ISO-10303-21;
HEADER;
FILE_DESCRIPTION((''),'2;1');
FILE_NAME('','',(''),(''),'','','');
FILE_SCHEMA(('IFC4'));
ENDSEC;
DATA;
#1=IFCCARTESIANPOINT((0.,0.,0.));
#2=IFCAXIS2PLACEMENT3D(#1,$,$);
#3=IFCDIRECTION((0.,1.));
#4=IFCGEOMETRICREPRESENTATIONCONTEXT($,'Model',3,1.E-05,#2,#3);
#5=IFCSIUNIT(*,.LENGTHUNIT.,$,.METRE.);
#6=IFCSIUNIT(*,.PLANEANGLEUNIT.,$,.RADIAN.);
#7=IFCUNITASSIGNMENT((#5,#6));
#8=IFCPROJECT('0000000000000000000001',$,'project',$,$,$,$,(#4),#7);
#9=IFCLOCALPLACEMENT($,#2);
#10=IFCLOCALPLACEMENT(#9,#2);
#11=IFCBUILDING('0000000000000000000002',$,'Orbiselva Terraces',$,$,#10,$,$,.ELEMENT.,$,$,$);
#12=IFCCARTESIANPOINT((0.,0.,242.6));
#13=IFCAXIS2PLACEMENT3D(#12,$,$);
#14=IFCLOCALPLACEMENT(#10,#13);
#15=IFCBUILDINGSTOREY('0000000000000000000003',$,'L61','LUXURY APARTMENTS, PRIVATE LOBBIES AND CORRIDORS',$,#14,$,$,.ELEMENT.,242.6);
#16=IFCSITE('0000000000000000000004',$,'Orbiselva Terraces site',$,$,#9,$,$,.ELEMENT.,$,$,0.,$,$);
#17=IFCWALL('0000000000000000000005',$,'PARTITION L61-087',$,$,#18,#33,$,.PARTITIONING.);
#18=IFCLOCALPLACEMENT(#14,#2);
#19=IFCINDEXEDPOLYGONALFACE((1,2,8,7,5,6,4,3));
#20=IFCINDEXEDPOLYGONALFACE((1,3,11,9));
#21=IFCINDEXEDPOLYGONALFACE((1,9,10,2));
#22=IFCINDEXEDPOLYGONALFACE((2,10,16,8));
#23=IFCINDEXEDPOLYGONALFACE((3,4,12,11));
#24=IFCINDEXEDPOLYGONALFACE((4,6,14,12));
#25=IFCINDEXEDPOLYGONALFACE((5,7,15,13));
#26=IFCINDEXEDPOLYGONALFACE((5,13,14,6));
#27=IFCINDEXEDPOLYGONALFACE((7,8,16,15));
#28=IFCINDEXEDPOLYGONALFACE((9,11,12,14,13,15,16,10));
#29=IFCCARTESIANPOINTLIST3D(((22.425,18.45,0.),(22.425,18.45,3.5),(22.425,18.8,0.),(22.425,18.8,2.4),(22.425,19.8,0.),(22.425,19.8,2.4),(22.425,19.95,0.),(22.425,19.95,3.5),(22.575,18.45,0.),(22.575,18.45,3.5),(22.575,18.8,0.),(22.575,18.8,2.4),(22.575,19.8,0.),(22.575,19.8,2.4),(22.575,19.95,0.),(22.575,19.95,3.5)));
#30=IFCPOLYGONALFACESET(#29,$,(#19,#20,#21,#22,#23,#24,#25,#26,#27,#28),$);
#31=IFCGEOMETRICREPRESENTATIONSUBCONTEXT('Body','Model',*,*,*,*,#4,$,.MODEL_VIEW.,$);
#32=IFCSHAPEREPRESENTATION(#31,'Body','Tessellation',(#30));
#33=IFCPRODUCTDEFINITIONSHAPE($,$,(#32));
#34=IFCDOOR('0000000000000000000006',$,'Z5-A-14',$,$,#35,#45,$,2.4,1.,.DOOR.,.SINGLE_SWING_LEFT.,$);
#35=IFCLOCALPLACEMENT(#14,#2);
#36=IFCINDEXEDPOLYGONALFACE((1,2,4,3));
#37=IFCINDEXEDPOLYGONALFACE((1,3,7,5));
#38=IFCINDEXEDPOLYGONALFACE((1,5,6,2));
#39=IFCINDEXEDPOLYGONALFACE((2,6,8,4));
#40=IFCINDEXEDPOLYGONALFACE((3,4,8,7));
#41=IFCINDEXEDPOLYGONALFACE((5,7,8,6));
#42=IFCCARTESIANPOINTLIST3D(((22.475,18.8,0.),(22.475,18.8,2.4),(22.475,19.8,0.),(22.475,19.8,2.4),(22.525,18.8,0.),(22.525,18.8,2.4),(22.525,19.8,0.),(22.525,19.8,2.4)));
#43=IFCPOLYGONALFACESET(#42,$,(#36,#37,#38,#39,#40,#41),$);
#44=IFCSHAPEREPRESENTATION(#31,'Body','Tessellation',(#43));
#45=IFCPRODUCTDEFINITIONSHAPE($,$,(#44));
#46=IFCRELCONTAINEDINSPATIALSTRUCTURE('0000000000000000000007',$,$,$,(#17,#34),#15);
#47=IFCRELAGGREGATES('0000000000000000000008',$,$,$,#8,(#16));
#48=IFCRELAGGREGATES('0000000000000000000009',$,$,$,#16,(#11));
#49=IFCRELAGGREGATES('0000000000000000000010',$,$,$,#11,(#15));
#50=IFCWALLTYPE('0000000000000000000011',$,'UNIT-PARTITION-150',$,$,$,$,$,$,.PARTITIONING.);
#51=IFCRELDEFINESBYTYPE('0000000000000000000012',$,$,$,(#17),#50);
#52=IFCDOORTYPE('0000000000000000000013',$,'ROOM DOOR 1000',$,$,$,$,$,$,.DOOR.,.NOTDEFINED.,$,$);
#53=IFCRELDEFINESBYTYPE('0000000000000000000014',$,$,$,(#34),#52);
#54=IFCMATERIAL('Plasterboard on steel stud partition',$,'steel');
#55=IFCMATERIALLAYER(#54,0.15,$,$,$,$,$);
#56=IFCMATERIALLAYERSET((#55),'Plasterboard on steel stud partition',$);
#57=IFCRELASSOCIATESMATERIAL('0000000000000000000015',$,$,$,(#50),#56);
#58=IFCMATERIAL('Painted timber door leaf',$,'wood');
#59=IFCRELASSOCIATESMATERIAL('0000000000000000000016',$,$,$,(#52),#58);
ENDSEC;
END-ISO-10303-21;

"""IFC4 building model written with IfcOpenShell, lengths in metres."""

from ifc_helpers import new_model, si_unit, direction, frame, frame_2d, origin, place, context, subcontext, project, spatial, rectangle, extrude, material, layer, layer_set, type_object, element, fill, save


model = new_model("IFC4")

# Units and contexts
model_context = context("Model", 3, precision=1e-05, world=origin(), true_north=direction((0.0, 1.0)))
body_context = subcontext(model_context, "Body", "Model", "MODEL_VIEW")
ifc_project = project(units=[si_unit("LENGTHUNIT", "METRE"), si_unit("PLANEANGLEUNIT", "RADIAN")], contexts=[model_context])

# Site, building, storey
site_placement = place(None, origin())
site = spatial("IfcSite", under=ifc_project, at=site_placement, Name="Orbiselva Terraces site", CompositionType="ELEMENT", RefElevation=0.0)
building_placement = place(site_placement, origin())
building = spatial("IfcBuilding", under=site, at=building_placement, Name="Orbiselva Terraces", CompositionType="ELEMENT")
storey_placement = place(building_placement, frame((0.0, 0.0, 242.6)))
storey = spatial("IfcBuildingStorey", under=building, at=storey_placement, Name="L61", Description="LUXURY APARTMENTS, PRIVATE LOBBIES AND CORRIDORS", CompositionType="ELEMENT", Elevation=242.6)

# Shared definitions
ifc_material_1 = material(Name="Plasterboard on steel stud partition", Category="steel")
ifc_material_2 = material(Name="Painted timber door leaf", Category="wood")

# Shared definitions
ifc_layer_1 = layer(ifc_material_1, 0.15)
ifc_layer_set_1 = layer_set([ifc_layer_1], Name="Plasterboard on steel stud partition")
wall_type_1 = type_object("IfcWallType", Name="UNIT-PARTITION-150", PredefinedType="PARTITIONING", material=ifc_layer_set_1)
door_type_1 = type_object("IfcDoorType", Name="ROOM DOOR 1000", OperationType="NOTDEFINED", PredefinedType="DOOR", material=ifc_material_2)

# Wall, opening, door
wall_1_placement = place(storey_placement, frame((22.5, 19.95, 0.0), z_axis=(0.0, 0.0, 1.0), x_axis=(0.0, -1.0, 0.0)))
wall_1 = element("IfcWall", 1, at=wall_1_placement, inside=storey, type_object=wall_type_1, Name="PARTITION L61-087", PredefinedType="PARTITIONING", context=body_context, shape_type="SweptSolid", body=[
    extrude(rectangle(XDim=1.5, YDim=0.15, at=frame_2d((0.75, 0.0))), origin(), (0.0, 0.0, 1.0), 3.5),
])
opening_1_placement = place(wall_1_placement, frame((0.15, 0.0, 0.0)))
opening_1 = element("IfcOpeningElement", 2, at=opening_1_placement, cuts=wall_1, PredefinedType="OPENING", context=body_context, shape_type="SweptSolid", body=[
    extrude(rectangle(XDim=1.0, YDim=2.4, at=frame_2d((0.5, 1.2))), frame((0.0, 0.085, 0.0), z_axis=(0.0, -1.0, 0.0), x_axis=(1.0, 0.0, 0.0)), (0.0, 0.0, 1.0), 0.17),
])
door_1_placement = place(opening_1_placement, origin())
door_1 = element("IfcDoor", 3, at=door_1_placement, inside=storey, type_object=door_type_1, Name="Z5-A-14", OperationType="SINGLE_SWING_LEFT", OverallHeight=2.4, OverallWidth=1.0, PredefinedType="DOOR", context=body_context, shape_type="SweptSolid", body=[
    extrude(rectangle(XDim=1.0, YDim=2.4, at=frame_2d((0.5, 1.2))), frame((0.0, 0.025, 0.0), z_axis=(0.0, -1.0, 0.0), x_axis=(1.0, 0.0, 0.0)), (0.0, 0.0, 1.0), 0.05),
])
fill(opening_1, door_1)

save(model, "model.ifc")
